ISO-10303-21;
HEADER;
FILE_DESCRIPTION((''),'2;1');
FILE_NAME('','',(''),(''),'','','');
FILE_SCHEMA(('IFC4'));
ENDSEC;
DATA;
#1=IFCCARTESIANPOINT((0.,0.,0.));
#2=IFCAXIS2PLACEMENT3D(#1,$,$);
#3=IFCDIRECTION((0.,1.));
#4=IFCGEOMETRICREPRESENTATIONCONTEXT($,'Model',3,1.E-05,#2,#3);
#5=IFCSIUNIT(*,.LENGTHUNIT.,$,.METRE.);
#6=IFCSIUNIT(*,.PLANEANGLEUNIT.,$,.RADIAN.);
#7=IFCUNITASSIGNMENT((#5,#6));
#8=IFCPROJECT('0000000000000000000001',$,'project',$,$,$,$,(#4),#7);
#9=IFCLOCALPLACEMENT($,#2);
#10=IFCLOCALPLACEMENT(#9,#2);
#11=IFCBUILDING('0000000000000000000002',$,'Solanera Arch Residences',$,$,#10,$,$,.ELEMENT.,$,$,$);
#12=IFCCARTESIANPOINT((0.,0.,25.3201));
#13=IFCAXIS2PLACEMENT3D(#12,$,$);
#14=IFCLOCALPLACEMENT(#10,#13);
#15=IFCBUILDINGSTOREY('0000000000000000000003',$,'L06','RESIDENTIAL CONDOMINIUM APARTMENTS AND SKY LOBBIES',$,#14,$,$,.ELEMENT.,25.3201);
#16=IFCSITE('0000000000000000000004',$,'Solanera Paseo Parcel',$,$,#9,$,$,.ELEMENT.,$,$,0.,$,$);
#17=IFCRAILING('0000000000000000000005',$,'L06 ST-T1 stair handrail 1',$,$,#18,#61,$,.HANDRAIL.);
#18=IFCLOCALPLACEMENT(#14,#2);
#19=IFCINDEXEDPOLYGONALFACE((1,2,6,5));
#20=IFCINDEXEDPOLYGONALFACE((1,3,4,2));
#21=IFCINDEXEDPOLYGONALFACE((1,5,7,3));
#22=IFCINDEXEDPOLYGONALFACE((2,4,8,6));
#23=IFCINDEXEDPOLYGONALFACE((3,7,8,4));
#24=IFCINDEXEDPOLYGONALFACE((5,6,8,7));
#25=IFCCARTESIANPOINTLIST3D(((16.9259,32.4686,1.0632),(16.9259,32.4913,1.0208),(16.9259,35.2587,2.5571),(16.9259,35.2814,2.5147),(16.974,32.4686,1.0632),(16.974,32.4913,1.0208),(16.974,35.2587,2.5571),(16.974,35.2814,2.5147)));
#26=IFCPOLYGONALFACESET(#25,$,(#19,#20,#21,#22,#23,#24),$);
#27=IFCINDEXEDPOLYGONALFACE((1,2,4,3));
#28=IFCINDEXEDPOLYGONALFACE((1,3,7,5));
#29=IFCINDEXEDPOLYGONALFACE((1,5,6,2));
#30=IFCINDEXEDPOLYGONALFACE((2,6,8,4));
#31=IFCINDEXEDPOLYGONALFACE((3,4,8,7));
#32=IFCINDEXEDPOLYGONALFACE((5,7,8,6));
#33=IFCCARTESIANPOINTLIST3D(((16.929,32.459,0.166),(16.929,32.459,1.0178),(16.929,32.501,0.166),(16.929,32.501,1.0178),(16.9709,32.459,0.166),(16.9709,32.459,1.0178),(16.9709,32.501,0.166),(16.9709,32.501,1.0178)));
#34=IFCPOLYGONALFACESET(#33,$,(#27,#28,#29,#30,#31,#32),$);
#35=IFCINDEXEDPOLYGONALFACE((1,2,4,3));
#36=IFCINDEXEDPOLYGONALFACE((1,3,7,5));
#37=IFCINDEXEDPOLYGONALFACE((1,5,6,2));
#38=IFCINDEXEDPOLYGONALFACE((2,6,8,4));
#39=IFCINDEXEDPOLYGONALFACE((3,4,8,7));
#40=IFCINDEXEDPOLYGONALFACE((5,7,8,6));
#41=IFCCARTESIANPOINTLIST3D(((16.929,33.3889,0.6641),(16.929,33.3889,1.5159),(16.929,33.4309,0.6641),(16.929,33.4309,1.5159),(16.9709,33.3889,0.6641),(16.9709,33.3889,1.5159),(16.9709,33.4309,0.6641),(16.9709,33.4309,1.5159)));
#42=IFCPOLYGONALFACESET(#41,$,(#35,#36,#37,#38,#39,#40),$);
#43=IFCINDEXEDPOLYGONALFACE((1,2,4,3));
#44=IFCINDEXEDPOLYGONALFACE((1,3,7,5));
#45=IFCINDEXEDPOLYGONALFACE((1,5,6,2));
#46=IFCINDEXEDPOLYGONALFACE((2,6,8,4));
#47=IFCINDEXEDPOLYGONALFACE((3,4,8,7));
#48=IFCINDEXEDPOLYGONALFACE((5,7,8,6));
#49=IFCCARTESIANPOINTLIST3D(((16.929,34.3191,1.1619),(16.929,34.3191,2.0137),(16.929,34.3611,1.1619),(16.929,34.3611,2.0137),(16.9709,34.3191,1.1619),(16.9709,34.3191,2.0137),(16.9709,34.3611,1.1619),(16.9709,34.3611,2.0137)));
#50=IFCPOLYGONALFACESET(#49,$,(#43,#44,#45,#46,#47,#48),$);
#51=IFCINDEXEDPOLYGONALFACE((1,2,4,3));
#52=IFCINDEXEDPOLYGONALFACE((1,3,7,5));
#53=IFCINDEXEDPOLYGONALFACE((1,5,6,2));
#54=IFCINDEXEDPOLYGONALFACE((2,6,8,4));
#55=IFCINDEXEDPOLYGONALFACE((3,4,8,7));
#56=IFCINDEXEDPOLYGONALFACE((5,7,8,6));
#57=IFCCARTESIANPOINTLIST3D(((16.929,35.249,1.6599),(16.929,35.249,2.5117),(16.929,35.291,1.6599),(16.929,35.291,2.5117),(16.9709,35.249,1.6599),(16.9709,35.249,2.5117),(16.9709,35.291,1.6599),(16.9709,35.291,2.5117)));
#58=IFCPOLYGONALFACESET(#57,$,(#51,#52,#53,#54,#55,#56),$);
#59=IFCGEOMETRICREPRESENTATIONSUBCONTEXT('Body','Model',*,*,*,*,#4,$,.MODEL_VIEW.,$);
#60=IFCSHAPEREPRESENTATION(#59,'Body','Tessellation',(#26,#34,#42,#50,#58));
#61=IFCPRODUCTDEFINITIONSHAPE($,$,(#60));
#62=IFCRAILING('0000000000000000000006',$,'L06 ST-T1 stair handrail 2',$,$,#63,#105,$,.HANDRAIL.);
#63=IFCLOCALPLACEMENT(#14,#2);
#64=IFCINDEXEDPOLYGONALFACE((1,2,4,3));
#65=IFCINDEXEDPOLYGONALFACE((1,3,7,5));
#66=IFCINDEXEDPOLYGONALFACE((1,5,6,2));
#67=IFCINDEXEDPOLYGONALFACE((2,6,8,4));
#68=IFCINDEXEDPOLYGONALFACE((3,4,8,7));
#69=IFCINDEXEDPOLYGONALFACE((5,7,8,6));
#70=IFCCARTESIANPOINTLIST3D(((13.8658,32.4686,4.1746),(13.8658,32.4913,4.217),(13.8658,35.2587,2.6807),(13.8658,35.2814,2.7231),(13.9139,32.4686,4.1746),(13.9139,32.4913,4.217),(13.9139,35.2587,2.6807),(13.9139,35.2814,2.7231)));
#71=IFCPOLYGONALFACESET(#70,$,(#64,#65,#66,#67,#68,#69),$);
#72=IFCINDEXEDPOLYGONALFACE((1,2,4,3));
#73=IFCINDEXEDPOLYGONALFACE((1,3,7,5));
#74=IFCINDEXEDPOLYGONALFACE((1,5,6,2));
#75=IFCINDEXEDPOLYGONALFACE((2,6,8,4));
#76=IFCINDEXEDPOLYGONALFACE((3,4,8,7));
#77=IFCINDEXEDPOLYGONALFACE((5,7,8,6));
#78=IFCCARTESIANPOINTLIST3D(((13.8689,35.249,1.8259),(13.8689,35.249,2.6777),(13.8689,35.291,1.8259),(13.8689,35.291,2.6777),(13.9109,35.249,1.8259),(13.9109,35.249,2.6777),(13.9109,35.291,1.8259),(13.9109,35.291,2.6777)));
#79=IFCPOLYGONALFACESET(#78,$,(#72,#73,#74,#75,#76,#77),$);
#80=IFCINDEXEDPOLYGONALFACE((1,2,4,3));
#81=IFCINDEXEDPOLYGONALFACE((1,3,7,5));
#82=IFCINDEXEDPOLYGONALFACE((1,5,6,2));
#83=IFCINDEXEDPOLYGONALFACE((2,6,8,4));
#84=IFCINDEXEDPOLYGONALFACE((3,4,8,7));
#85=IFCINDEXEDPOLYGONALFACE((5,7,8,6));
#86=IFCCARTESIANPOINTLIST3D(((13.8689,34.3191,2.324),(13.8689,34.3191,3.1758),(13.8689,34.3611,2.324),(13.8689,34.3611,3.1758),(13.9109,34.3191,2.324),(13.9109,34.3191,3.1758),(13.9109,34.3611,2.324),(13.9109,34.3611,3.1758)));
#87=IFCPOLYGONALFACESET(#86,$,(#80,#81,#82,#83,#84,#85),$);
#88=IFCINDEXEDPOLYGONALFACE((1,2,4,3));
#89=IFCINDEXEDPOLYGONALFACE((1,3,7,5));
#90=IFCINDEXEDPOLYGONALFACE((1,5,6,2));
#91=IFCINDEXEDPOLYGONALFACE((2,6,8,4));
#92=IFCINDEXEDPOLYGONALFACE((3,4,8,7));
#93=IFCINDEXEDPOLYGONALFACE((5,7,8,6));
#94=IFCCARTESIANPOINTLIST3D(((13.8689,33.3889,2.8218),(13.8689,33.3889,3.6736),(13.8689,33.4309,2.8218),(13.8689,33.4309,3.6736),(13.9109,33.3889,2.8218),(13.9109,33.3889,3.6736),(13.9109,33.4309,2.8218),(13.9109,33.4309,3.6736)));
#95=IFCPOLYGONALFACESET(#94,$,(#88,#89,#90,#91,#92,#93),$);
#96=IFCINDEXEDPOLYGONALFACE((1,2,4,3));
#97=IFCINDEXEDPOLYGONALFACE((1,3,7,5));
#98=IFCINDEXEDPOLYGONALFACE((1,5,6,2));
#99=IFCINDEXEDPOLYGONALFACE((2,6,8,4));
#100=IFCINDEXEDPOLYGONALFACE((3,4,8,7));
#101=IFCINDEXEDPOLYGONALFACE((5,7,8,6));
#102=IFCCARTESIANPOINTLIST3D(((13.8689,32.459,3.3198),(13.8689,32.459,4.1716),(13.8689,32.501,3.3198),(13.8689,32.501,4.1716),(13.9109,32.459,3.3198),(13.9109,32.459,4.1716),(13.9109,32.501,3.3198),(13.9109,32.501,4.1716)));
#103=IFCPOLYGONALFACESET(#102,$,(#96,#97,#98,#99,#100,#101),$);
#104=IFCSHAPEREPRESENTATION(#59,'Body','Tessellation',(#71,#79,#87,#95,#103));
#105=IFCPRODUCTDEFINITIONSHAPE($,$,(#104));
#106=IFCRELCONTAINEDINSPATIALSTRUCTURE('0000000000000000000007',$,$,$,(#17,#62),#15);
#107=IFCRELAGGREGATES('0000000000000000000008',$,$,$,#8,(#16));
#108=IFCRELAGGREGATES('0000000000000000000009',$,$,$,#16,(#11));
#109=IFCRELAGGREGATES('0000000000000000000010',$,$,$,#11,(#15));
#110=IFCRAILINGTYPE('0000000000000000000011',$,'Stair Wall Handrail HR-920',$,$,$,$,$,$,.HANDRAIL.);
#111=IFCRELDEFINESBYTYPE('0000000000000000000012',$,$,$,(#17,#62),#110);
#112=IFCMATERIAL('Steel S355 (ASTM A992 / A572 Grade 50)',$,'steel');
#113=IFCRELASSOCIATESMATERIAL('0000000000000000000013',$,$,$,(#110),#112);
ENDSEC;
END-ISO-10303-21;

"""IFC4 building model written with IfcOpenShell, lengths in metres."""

from ifc_helpers import new_model, si_unit, direction, frame, origin, origin_2d, place, context, subcontext, project, spatial, rectangle, extrude, material, type_object, element, save


model = new_model("IFC4")

# Units and contexts
model_context = context("Model", 3, precision=1e-05, world=origin(), true_north=direction((0.0, 1.0)))
body_context = subcontext(model_context, "Body", "Model", "MODEL_VIEW")
ifc_project = project(units=[si_unit("LENGTHUNIT", "METRE"), si_unit("PLANEANGLEUNIT", "RADIAN")], contexts=[model_context])

# Site, building, storey
site_placement = place(None, origin())
site = spatial("IfcSite", under=ifc_project, at=site_placement, Name="Solanera Paseo Parcel", CompositionType="ELEMENT", RefElevation=0.0)
building_placement = place(site_placement, origin())
building = spatial("IfcBuilding", under=site, at=building_placement, Name="Solanera Arch Residences", CompositionType="ELEMENT")
storey_placement = place(building_placement, frame((0.0, 0.0, 25.3201)))
storey = spatial("IfcBuildingStorey", under=building, at=storey_placement, Name="L06", Description="RESIDENTIAL CONDOMINIUM APARTMENTS AND SKY LOBBIES", CompositionType="ELEMENT", Elevation=25.3201)

# Railings
ifc_material_1 = material(Name="Steel S355 (ASTM A992 / A572 Grade 50)", Category="steel")
railing_type_1 = type_object("IfcRailingType", Name="Stair Wall Handrail HR-920", PredefinedType="HANDRAIL", material=ifc_material_1)
railing_1_placement = place(storey_placement, frame((16.95, 32.48, 0.166)))
element("IfcRailing", 1, at=railing_1_placement, inside=storey, type_object=railing_type_1, Name="L06 ST-T1 stair handrail 1", PredefinedType="HANDRAIL", context=body_context, shape_type="SweptSolid", body=[
    extrude(rectangle(XDim=0.0481, YDim=0.0481, at=origin_2d()), frame((0.0, 0.0, 0.876), z_axis=(0.0, 0.881581, 0.472033), x_axis=(-1.0, 0.0, 0.0)), (0.0, 0.0, 1.0), 3.1648),
    extrude(rectangle(XDim=0.042, YDim=0.042, at=origin_2d()), origin(), (0.0, 0.0, 1.0), 0.8518),
    extrude(rectangle(XDim=0.042, YDim=0.042, at=origin_2d()), frame((0.0, 0.9299, 0.498)), (0.0, 0.0, 1.0), 0.8518),
    extrude(rectangle(XDim=0.042, YDim=0.042, at=origin_2d()), frame((0.0, 1.8601, 0.9958)), (0.0, 0.0, 1.0), 0.8518),
    extrude(rectangle(XDim=0.042, YDim=0.042, at=origin_2d()), frame((0.0, 2.79, 1.4939)), (0.0, 0.0, 1.0), 0.8518),
])
railing_2_placement = place(storey_placement, frame((13.8899, 35.27, 1.8259)))
element("IfcRailing", 2, at=railing_2_placement, inside=storey, type_object=railing_type_1, Name="L06 ST-T1 stair handrail 2", PredefinedType="HANDRAIL", context=body_context, shape_type="SweptSolid", body=[
    extrude(rectangle(XDim=0.0481, YDim=0.0481, at=origin_2d()), frame((0.0, 0.0, 0.876), z_axis=(0.0, -0.881581, 0.472033), x_axis=(1.0, 0.0, 0.0)), (0.0, 0.0, 1.0), 3.1648),
    extrude(rectangle(XDim=0.042, YDim=0.042, at=origin_2d()), origin(), (0.0, 0.0, 1.0), 0.8518),
    extrude(rectangle(XDim=0.042, YDim=0.042, at=origin_2d()), frame((0.0, -0.9299, 0.498)), (0.0, 0.0, 1.0), 0.8518),
    extrude(rectangle(XDim=0.042, YDim=0.042, at=origin_2d()), frame((0.0, -1.8601, 0.9958)), (0.0, 0.0, 1.0), 0.8518),
    extrude(rectangle(XDim=0.042, YDim=0.042, at=origin_2d()), frame((0.0, -2.79, 1.4939)), (0.0, 0.0, 1.0), 0.8518),
])

save(model, "model.ifc")
